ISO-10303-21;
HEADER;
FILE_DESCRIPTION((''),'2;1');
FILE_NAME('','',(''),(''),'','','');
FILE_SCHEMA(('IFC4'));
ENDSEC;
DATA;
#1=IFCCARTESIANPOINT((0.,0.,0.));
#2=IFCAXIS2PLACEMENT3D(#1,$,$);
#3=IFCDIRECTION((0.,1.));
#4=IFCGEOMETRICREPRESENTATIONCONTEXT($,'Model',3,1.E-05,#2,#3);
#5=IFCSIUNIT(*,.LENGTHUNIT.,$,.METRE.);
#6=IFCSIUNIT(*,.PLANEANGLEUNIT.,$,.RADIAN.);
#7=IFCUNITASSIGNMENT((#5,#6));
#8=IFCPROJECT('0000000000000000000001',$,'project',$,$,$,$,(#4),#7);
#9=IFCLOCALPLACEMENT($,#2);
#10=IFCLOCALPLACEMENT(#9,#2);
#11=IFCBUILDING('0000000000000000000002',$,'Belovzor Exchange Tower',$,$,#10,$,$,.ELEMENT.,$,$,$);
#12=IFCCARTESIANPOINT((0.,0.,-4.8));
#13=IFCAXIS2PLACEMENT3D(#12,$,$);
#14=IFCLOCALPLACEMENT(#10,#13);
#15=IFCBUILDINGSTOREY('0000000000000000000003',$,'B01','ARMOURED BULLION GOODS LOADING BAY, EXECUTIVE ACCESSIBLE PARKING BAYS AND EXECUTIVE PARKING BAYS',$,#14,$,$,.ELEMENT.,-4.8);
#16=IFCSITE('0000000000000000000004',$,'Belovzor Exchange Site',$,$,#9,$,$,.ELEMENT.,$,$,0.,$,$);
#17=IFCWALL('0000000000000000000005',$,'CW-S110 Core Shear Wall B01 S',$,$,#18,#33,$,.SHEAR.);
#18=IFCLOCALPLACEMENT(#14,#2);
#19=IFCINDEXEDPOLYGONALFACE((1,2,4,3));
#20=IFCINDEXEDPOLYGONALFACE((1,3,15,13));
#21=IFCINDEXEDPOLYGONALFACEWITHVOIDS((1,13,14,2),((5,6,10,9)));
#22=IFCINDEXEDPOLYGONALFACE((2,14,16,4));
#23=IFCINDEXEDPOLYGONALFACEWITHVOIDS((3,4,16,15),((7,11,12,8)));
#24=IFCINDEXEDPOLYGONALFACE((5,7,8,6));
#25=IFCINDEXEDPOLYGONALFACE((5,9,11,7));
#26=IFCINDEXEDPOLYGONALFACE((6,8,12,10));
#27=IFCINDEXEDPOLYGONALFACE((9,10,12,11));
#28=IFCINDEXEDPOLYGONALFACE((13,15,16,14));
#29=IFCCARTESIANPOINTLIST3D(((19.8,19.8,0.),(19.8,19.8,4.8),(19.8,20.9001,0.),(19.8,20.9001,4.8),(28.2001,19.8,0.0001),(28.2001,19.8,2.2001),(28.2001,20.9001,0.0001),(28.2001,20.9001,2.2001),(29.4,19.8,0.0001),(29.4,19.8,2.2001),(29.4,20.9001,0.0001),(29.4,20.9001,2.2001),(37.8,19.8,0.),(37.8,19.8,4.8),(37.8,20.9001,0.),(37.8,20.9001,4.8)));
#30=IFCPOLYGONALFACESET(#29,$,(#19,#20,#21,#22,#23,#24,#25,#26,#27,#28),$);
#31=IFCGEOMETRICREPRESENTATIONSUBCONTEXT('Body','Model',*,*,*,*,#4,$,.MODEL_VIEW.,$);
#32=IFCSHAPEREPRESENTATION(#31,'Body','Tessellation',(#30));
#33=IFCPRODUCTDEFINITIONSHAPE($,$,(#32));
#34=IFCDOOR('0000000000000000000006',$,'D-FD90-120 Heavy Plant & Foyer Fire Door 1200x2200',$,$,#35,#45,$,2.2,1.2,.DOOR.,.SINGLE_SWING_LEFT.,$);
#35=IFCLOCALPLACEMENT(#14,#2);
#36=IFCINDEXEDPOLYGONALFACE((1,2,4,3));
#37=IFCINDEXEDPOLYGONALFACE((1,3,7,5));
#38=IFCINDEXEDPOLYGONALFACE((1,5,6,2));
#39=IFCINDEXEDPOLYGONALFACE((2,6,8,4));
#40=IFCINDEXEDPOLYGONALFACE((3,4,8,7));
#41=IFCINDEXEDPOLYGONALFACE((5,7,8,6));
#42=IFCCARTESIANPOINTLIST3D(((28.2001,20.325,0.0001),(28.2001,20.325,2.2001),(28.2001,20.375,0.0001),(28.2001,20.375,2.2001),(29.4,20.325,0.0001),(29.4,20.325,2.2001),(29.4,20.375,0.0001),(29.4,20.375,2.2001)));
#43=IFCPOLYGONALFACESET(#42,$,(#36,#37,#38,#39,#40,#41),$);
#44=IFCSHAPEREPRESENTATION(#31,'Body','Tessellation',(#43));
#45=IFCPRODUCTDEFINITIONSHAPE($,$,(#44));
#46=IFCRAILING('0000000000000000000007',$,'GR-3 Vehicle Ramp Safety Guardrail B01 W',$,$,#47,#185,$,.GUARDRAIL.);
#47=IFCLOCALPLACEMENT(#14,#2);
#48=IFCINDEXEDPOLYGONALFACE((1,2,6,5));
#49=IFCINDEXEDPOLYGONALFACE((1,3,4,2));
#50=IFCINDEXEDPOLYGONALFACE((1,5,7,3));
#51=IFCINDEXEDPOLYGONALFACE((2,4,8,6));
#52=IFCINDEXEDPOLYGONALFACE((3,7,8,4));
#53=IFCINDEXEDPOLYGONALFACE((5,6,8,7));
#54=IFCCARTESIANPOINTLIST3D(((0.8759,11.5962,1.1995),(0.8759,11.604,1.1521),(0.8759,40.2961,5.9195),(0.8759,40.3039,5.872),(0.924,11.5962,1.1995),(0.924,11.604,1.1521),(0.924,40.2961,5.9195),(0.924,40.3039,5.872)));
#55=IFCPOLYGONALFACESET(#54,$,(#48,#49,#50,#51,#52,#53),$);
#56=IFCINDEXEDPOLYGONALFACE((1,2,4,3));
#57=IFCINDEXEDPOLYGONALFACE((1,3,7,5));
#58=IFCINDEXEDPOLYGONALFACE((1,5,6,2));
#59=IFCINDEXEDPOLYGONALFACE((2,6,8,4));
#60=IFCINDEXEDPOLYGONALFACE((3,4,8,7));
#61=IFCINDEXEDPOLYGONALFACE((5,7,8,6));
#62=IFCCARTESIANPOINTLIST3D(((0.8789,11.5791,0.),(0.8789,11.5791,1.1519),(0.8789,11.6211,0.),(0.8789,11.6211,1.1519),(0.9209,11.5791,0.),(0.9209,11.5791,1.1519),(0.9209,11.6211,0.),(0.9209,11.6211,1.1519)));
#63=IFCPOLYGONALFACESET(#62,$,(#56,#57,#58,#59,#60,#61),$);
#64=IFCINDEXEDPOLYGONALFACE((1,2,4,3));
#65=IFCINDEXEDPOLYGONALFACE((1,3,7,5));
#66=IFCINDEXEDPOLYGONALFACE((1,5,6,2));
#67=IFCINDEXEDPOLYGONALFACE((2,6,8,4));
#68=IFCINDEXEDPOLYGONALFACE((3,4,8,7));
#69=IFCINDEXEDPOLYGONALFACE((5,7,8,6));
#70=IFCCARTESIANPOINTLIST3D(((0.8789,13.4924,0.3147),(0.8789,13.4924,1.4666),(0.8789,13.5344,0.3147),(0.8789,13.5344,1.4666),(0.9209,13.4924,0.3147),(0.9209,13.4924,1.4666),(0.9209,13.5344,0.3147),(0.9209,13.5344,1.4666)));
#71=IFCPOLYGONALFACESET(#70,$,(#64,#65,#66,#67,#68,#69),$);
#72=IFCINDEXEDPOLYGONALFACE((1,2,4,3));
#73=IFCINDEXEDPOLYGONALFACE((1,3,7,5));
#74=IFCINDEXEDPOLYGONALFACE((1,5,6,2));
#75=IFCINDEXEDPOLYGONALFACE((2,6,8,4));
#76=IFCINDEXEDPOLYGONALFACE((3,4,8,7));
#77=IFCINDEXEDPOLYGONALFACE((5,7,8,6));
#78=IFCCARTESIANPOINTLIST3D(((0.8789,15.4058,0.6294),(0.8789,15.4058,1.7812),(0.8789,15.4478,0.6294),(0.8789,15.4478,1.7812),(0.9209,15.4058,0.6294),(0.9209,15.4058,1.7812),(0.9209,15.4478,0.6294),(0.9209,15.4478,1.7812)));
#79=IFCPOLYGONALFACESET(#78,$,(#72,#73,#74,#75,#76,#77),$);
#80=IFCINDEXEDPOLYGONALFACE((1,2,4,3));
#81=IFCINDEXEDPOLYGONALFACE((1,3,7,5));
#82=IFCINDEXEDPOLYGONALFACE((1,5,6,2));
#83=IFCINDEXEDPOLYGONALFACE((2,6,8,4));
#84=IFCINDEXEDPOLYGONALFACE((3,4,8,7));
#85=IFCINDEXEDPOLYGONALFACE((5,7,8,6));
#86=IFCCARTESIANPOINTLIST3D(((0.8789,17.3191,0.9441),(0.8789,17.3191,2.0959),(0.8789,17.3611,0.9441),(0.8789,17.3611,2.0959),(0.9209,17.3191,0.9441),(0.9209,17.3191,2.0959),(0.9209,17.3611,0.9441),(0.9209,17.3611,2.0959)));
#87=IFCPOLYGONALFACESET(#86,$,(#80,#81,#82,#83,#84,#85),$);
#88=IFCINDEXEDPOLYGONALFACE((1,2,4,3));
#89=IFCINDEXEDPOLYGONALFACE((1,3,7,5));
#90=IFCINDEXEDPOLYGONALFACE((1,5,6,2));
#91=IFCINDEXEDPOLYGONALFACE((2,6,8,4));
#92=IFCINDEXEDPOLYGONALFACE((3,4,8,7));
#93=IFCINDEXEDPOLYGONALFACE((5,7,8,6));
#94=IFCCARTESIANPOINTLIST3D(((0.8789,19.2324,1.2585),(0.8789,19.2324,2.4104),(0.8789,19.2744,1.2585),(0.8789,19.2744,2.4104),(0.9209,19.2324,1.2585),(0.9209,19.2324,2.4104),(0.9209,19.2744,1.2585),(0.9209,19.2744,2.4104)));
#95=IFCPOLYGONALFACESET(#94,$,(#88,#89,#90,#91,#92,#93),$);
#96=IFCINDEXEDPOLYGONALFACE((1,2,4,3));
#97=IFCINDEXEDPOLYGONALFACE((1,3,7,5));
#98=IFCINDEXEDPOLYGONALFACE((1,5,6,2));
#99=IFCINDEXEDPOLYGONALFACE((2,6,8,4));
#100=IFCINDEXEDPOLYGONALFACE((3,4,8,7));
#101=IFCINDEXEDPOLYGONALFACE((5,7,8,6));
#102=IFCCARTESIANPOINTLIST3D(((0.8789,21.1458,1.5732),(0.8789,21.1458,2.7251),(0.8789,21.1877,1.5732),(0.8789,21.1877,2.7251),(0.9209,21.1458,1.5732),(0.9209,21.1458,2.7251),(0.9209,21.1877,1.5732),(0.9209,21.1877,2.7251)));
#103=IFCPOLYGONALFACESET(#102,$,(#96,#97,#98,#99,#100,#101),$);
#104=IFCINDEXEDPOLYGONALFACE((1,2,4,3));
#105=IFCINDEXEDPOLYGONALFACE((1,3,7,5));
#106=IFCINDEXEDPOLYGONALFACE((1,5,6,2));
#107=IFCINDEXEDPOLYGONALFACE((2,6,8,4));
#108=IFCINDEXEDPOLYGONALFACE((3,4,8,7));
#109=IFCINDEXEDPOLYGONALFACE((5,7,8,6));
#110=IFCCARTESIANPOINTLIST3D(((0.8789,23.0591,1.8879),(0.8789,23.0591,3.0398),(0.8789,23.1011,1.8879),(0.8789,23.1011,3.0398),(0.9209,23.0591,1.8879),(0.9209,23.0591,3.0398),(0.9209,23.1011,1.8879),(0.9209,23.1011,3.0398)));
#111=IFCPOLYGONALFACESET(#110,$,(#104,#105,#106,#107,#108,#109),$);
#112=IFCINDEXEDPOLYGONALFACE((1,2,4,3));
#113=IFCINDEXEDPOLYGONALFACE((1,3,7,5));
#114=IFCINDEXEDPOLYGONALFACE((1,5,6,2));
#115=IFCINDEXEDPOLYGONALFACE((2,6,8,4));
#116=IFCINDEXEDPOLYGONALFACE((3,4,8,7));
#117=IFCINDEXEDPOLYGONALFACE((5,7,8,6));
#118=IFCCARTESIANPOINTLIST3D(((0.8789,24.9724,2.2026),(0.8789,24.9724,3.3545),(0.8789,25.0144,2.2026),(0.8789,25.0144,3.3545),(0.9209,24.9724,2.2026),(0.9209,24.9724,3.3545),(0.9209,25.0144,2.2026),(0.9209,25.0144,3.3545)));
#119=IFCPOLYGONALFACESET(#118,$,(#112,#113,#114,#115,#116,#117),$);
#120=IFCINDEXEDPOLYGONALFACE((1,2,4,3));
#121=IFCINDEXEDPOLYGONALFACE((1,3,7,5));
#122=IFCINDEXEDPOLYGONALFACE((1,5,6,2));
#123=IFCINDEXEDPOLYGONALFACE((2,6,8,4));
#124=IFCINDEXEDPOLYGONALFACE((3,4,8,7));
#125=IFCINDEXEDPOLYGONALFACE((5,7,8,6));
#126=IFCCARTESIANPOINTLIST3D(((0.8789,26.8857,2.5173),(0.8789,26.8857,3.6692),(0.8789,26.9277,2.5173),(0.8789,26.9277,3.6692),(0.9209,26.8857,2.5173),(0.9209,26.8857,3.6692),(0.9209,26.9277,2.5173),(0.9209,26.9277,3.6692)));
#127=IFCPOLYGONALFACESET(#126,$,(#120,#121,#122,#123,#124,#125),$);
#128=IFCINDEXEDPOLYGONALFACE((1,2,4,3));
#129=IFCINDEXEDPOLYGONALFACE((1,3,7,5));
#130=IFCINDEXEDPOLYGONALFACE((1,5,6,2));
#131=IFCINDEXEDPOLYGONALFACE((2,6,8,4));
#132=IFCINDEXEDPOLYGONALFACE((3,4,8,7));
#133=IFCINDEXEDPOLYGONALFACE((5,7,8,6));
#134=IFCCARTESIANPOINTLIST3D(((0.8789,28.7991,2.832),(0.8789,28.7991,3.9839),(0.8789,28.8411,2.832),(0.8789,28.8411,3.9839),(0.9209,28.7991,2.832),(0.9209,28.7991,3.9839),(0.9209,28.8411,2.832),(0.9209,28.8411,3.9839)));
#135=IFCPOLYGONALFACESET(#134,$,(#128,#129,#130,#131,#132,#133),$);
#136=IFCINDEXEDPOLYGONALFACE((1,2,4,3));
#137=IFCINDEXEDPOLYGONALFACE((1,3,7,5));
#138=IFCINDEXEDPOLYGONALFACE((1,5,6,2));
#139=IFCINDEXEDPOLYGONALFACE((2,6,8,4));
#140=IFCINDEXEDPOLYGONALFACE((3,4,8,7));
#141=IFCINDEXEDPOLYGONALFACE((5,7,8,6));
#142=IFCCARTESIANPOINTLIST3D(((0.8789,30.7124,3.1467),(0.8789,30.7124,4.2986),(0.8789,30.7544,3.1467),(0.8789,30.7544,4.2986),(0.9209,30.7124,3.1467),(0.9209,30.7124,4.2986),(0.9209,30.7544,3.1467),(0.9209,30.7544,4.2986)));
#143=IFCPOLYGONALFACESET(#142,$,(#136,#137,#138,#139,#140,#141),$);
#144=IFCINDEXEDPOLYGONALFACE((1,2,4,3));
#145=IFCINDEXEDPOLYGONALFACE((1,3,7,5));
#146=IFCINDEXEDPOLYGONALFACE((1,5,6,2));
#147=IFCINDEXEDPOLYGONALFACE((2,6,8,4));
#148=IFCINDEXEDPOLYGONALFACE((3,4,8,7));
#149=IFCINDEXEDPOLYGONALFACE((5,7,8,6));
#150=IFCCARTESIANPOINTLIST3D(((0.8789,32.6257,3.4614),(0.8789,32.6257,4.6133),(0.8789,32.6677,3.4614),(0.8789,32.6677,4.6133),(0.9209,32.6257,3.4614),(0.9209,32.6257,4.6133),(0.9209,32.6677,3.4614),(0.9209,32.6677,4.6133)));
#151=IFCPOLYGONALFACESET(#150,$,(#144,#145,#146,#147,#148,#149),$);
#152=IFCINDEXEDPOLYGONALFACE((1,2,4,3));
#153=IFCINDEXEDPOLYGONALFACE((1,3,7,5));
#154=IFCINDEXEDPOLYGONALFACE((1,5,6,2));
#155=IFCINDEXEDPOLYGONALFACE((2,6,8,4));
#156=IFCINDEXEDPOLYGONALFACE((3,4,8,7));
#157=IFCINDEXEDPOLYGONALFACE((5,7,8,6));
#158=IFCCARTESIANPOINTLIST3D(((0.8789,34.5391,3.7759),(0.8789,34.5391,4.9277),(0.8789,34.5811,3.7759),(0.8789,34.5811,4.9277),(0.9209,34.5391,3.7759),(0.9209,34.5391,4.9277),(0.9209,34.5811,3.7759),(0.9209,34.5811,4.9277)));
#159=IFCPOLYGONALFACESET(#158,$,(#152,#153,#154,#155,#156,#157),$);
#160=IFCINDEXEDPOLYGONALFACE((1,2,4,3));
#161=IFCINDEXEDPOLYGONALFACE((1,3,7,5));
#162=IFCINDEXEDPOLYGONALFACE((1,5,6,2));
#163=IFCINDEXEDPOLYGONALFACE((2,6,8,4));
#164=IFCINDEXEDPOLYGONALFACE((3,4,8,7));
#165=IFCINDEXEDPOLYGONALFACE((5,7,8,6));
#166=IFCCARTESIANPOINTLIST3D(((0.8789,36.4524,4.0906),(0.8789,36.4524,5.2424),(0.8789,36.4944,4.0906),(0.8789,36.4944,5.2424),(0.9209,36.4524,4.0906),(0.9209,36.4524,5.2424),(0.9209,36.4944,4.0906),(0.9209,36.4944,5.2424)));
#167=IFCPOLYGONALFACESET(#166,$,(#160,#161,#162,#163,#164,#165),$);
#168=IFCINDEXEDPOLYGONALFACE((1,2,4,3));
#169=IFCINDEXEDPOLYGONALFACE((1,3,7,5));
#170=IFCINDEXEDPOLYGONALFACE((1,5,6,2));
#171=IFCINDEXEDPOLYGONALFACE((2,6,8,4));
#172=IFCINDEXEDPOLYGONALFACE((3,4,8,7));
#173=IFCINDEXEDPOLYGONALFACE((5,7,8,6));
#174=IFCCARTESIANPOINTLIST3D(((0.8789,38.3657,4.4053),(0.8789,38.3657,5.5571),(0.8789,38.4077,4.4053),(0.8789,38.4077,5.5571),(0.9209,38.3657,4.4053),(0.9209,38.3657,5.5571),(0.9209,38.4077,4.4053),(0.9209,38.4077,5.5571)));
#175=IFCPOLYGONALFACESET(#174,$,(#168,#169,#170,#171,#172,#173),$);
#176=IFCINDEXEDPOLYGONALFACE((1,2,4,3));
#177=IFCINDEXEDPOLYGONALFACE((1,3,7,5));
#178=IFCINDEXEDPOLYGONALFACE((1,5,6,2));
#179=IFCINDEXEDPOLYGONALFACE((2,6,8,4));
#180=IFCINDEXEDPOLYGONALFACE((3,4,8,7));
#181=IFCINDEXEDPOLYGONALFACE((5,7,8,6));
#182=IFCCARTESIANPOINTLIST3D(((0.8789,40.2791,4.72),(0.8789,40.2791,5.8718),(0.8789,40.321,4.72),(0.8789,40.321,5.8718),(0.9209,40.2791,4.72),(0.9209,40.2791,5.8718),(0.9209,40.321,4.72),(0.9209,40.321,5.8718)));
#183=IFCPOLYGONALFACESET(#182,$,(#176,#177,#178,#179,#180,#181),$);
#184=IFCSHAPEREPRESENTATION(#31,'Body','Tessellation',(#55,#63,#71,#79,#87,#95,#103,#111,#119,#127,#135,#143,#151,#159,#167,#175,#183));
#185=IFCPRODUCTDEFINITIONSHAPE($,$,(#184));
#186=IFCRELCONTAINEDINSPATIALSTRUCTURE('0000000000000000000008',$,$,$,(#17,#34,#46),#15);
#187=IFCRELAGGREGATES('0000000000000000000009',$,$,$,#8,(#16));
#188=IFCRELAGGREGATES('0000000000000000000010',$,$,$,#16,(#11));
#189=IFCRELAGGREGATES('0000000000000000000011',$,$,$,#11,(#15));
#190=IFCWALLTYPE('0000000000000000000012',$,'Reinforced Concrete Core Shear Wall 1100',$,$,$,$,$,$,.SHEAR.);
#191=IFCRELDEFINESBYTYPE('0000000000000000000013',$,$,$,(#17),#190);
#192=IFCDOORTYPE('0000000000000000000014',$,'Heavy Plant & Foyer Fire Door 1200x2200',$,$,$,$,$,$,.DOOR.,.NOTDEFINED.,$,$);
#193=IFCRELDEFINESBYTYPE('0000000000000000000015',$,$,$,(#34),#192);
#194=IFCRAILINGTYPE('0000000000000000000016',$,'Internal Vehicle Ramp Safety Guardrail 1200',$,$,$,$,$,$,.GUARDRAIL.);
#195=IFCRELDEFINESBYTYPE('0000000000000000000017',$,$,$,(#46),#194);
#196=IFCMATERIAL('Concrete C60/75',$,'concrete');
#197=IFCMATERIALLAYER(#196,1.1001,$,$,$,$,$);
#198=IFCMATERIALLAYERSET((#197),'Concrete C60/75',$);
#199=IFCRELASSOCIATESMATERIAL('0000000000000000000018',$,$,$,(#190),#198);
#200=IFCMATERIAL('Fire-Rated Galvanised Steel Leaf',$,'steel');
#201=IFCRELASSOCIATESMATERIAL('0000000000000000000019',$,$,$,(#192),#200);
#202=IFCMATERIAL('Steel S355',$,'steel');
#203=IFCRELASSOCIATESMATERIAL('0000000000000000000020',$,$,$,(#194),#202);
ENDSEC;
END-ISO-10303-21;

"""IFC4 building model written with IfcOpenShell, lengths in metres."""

from ifc_helpers import new_model, si_unit, direction, frame, frame_2d, origin, origin_2d, place, context, subcontext, project, spatial, rectangle, extrude, material, layer, layer_set, type_object, element, fill, save


model = new_model("IFC4")

# Units and contexts
model_context = context("Model", 3, precision=1e-05, world=origin(), true_north=direction((0.0, 1.0)))
body_context = subcontext(model_context, "Body", "Model", "MODEL_VIEW")
ifc_project = project(units=[si_unit("LENGTHUNIT", "METRE"), si_unit("PLANEANGLEUNIT", "RADIAN")], contexts=[model_context])

# Site, building, storey
site_placement = place(None, origin())
site = spatial("IfcSite", under=ifc_project, at=site_placement, Name="Belovzor Exchange Site", CompositionType="ELEMENT", RefElevation=0.0)
building_placement = place(site_placement, origin())
building = spatial("IfcBuilding", under=site, at=building_placement, Name="Belovzor Exchange Tower", CompositionType="ELEMENT")
storey_placement = place(building_placement, frame((0.0, 0.0, -4.8)))
storey = spatial("IfcBuildingStorey", under=building, at=storey_placement, Name="B01", Description="ARMOURED BULLION GOODS LOADING BAY, EXECUTIVE ACCESSIBLE PARKING BAYS AND EXECUTIVE PARKING BAYS", CompositionType="ELEMENT", Elevation=-4.8)

# Wall, opening, door
ifc_material_1 = material(Name="Concrete C60/75", Category="concrete")
ifc_layer_1 = layer(ifc_material_1, 1.1001)
ifc_layer_set_1 = layer_set([ifc_layer_1], Name="Concrete C60/75")
wall_type_1 = type_object("IfcWallType", Name="Reinforced Concrete Core Shear Wall 1100", PredefinedType="SHEAR", material=ifc_layer_set_1)
wall_1_placement = place(storey_placement, frame((19.8, 20.3501, 0.0), z_axis=(0.0, 0.0, 1.0), x_axis=(1.0, 0.0, 0.0)))
wall_1 = element("IfcWall", 1, at=wall_1_placement, inside=storey, type_object=wall_type_1, Name="CW-S110 Core Shear Wall B01 S", PredefinedType="SHEAR", context=body_context, shape_type="SweptSolid", body=[
    extrude(rectangle(XDim=18.0, YDim=1.1001, at=frame_2d((9.0, 0.0))), origin(), (0.0, 0.0, 1.0), 4.8),
])
opening_1_placement = place(wall_1_placement, frame((8.3999, 0.0, 0.0)))
opening_1 = element("IfcOpeningElement", 2, at=opening_1_placement, cuts=wall_1, PredefinedType="OPENING", context=body_context, shape_type="SweptSolid", body=[
    extrude(rectangle(XDim=1.2, YDim=2.2, at=frame_2d((0.6001, 1.1001))), frame((0.0, 0.5601, 0.0), z_axis=(0.0, -1.0, 0.0), x_axis=(1.0, 0.0, 0.0)), (0.0, 0.0, 1.0), 1.1201),
])
ifc_material_2 = material(Name="Fire-Rated Galvanised Steel Leaf", Category="steel")
door_type_1 = type_object("IfcDoorType", Name="Heavy Plant & Foyer Fire Door 1200x2200", OperationType="NOTDEFINED", PredefinedType="DOOR", material=ifc_material_2)
door_1_placement = place(opening_1_placement, origin())
door_1 = element("IfcDoor", 3, at=door_1_placement, inside=storey, type_object=door_type_1, Name="D-FD90-120 Heavy Plant & Foyer Fire Door 1200x2200", OperationType="SINGLE_SWING_LEFT", OverallHeight=2.2, OverallWidth=1.2, PredefinedType="DOOR", context=body_context, shape_type="SweptSolid", body=[
    extrude(rectangle(XDim=1.2, YDim=2.2, at=frame_2d((0.6001, 1.1001))), frame((0.0, 0.0249, 0.0), z_axis=(0.0, -1.0, 0.0), x_axis=(1.0, 0.0, 0.0)), (0.0, 0.0, 1.0), 0.05),
])
fill(opening_1, door_1)

# Railing
ifc_material_3 = material(Name="Steel S355", Category="steel")
railing_type = type_object("IfcRailingType", Name="Internal Vehicle Ramp Safety Guardrail 1200", PredefinedType="GUARDRAIL", material=ifc_material_3)
railing_1_placement = place(storey_placement, frame((0.8999, 11.6001, 0.0)))
element("IfcRailing", 4, at=railing_1_placement, inside=storey, type_object=railing_type, Name="GR-3 Vehicle Ramp Safety Guardrail B01 W", PredefinedType="GUARDRAIL", context=body_context, shape_type="SweptSolid", body=[
    extrude(rectangle(XDim=0.0481, YDim=0.0481, at=origin_2d()), frame((0.0, 0.0, 1.1758), z_axis=(0.0, 0.986745, 0.162279), x_axis=(-1.0, 0.0, 0.0)), (0.0, 0.0, 1.0), 29.0854),
    extrude(rectangle(XDim=0.042, YDim=0.042, at=origin_2d()), origin(), (0.0, 0.0, 1.0), 1.1519),
    extrude(rectangle(XDim=0.042, YDim=0.042, at=origin_2d()), frame((0.0, 1.9133, 0.3147)), (0.0, 0.0, 1.0), 1.1519),
    extrude(rectangle(XDim=0.042, YDim=0.042, at=origin_2d()), frame((0.0, 3.8267, 0.6294)), (0.0, 0.0, 1.0), 1.1519),
    extrude(rectangle(XDim=0.042, YDim=0.042, at=origin_2d()), frame((0.0, 5.74, 0.9441)), (0.0, 0.0, 1.0), 1.1519),
    extrude(rectangle(XDim=0.042, YDim=0.042, at=origin_2d()), frame((0.0, 7.6533, 1.2585)), (0.0, 0.0, 1.0), 1.1519),
    extrude(rectangle(XDim=0.042, YDim=0.042, at=origin_2d()), frame((0.0, 9.5667, 1.5732)), (0.0, 0.0, 1.0), 1.1519),
    extrude(rectangle(XDim=0.042, YDim=0.042, at=origin_2d()), frame((0.0, 11.48, 1.8879)), (0.0, 0.0, 1.0), 1.1519),
    extrude(rectangle(XDim=0.042, YDim=0.042, at=origin_2d()), frame((0.0, 13.3933, 2.2026)), (0.0, 0.0, 1.0), 1.1519),
    extrude(rectangle(XDim=0.042, YDim=0.042, at=origin_2d()), frame((0.0, 15.3066, 2.5173)), (0.0, 0.0, 1.0), 1.1519),
    extrude(rectangle(XDim=0.042, YDim=0.042, at=origin_2d()), frame((0.0, 17.22, 2.832)), (0.0, 0.0, 1.0), 1.1519),
    extrude(rectangle(XDim=0.042, YDim=0.042, at=origin_2d()), frame((0.0, 19.1333, 3.1467)), (0.0, 0.0, 1.0), 1.1519),
    extrude(rectangle(XDim=0.042, YDim=0.042, at=origin_2d()), frame((0.0, 21.0466, 3.4614)), (0.0, 0.0, 1.0), 1.1519),
    extrude(rectangle(XDim=0.042, YDim=0.042, at=origin_2d()), frame((0.0, 22.96, 3.7759)), (0.0, 0.0, 1.0), 1.1519),
    extrude(rectangle(XDim=0.042, YDim=0.042, at=origin_2d()), frame((0.0, 24.8733, 4.0906)), (0.0, 0.0, 1.0), 1.1519),
    extrude(rectangle(XDim=0.042, YDim=0.042, at=origin_2d()), frame((0.0, 26.7866, 4.4053)), (0.0, 0.0, 1.0), 1.1519),
    extrude(rectangle(XDim=0.042, YDim=0.042, at=origin_2d()), frame((0.0, 28.7, 4.72)), (0.0, 0.0, 1.0), 1.1519),
])

save(model, "model.ifc")
